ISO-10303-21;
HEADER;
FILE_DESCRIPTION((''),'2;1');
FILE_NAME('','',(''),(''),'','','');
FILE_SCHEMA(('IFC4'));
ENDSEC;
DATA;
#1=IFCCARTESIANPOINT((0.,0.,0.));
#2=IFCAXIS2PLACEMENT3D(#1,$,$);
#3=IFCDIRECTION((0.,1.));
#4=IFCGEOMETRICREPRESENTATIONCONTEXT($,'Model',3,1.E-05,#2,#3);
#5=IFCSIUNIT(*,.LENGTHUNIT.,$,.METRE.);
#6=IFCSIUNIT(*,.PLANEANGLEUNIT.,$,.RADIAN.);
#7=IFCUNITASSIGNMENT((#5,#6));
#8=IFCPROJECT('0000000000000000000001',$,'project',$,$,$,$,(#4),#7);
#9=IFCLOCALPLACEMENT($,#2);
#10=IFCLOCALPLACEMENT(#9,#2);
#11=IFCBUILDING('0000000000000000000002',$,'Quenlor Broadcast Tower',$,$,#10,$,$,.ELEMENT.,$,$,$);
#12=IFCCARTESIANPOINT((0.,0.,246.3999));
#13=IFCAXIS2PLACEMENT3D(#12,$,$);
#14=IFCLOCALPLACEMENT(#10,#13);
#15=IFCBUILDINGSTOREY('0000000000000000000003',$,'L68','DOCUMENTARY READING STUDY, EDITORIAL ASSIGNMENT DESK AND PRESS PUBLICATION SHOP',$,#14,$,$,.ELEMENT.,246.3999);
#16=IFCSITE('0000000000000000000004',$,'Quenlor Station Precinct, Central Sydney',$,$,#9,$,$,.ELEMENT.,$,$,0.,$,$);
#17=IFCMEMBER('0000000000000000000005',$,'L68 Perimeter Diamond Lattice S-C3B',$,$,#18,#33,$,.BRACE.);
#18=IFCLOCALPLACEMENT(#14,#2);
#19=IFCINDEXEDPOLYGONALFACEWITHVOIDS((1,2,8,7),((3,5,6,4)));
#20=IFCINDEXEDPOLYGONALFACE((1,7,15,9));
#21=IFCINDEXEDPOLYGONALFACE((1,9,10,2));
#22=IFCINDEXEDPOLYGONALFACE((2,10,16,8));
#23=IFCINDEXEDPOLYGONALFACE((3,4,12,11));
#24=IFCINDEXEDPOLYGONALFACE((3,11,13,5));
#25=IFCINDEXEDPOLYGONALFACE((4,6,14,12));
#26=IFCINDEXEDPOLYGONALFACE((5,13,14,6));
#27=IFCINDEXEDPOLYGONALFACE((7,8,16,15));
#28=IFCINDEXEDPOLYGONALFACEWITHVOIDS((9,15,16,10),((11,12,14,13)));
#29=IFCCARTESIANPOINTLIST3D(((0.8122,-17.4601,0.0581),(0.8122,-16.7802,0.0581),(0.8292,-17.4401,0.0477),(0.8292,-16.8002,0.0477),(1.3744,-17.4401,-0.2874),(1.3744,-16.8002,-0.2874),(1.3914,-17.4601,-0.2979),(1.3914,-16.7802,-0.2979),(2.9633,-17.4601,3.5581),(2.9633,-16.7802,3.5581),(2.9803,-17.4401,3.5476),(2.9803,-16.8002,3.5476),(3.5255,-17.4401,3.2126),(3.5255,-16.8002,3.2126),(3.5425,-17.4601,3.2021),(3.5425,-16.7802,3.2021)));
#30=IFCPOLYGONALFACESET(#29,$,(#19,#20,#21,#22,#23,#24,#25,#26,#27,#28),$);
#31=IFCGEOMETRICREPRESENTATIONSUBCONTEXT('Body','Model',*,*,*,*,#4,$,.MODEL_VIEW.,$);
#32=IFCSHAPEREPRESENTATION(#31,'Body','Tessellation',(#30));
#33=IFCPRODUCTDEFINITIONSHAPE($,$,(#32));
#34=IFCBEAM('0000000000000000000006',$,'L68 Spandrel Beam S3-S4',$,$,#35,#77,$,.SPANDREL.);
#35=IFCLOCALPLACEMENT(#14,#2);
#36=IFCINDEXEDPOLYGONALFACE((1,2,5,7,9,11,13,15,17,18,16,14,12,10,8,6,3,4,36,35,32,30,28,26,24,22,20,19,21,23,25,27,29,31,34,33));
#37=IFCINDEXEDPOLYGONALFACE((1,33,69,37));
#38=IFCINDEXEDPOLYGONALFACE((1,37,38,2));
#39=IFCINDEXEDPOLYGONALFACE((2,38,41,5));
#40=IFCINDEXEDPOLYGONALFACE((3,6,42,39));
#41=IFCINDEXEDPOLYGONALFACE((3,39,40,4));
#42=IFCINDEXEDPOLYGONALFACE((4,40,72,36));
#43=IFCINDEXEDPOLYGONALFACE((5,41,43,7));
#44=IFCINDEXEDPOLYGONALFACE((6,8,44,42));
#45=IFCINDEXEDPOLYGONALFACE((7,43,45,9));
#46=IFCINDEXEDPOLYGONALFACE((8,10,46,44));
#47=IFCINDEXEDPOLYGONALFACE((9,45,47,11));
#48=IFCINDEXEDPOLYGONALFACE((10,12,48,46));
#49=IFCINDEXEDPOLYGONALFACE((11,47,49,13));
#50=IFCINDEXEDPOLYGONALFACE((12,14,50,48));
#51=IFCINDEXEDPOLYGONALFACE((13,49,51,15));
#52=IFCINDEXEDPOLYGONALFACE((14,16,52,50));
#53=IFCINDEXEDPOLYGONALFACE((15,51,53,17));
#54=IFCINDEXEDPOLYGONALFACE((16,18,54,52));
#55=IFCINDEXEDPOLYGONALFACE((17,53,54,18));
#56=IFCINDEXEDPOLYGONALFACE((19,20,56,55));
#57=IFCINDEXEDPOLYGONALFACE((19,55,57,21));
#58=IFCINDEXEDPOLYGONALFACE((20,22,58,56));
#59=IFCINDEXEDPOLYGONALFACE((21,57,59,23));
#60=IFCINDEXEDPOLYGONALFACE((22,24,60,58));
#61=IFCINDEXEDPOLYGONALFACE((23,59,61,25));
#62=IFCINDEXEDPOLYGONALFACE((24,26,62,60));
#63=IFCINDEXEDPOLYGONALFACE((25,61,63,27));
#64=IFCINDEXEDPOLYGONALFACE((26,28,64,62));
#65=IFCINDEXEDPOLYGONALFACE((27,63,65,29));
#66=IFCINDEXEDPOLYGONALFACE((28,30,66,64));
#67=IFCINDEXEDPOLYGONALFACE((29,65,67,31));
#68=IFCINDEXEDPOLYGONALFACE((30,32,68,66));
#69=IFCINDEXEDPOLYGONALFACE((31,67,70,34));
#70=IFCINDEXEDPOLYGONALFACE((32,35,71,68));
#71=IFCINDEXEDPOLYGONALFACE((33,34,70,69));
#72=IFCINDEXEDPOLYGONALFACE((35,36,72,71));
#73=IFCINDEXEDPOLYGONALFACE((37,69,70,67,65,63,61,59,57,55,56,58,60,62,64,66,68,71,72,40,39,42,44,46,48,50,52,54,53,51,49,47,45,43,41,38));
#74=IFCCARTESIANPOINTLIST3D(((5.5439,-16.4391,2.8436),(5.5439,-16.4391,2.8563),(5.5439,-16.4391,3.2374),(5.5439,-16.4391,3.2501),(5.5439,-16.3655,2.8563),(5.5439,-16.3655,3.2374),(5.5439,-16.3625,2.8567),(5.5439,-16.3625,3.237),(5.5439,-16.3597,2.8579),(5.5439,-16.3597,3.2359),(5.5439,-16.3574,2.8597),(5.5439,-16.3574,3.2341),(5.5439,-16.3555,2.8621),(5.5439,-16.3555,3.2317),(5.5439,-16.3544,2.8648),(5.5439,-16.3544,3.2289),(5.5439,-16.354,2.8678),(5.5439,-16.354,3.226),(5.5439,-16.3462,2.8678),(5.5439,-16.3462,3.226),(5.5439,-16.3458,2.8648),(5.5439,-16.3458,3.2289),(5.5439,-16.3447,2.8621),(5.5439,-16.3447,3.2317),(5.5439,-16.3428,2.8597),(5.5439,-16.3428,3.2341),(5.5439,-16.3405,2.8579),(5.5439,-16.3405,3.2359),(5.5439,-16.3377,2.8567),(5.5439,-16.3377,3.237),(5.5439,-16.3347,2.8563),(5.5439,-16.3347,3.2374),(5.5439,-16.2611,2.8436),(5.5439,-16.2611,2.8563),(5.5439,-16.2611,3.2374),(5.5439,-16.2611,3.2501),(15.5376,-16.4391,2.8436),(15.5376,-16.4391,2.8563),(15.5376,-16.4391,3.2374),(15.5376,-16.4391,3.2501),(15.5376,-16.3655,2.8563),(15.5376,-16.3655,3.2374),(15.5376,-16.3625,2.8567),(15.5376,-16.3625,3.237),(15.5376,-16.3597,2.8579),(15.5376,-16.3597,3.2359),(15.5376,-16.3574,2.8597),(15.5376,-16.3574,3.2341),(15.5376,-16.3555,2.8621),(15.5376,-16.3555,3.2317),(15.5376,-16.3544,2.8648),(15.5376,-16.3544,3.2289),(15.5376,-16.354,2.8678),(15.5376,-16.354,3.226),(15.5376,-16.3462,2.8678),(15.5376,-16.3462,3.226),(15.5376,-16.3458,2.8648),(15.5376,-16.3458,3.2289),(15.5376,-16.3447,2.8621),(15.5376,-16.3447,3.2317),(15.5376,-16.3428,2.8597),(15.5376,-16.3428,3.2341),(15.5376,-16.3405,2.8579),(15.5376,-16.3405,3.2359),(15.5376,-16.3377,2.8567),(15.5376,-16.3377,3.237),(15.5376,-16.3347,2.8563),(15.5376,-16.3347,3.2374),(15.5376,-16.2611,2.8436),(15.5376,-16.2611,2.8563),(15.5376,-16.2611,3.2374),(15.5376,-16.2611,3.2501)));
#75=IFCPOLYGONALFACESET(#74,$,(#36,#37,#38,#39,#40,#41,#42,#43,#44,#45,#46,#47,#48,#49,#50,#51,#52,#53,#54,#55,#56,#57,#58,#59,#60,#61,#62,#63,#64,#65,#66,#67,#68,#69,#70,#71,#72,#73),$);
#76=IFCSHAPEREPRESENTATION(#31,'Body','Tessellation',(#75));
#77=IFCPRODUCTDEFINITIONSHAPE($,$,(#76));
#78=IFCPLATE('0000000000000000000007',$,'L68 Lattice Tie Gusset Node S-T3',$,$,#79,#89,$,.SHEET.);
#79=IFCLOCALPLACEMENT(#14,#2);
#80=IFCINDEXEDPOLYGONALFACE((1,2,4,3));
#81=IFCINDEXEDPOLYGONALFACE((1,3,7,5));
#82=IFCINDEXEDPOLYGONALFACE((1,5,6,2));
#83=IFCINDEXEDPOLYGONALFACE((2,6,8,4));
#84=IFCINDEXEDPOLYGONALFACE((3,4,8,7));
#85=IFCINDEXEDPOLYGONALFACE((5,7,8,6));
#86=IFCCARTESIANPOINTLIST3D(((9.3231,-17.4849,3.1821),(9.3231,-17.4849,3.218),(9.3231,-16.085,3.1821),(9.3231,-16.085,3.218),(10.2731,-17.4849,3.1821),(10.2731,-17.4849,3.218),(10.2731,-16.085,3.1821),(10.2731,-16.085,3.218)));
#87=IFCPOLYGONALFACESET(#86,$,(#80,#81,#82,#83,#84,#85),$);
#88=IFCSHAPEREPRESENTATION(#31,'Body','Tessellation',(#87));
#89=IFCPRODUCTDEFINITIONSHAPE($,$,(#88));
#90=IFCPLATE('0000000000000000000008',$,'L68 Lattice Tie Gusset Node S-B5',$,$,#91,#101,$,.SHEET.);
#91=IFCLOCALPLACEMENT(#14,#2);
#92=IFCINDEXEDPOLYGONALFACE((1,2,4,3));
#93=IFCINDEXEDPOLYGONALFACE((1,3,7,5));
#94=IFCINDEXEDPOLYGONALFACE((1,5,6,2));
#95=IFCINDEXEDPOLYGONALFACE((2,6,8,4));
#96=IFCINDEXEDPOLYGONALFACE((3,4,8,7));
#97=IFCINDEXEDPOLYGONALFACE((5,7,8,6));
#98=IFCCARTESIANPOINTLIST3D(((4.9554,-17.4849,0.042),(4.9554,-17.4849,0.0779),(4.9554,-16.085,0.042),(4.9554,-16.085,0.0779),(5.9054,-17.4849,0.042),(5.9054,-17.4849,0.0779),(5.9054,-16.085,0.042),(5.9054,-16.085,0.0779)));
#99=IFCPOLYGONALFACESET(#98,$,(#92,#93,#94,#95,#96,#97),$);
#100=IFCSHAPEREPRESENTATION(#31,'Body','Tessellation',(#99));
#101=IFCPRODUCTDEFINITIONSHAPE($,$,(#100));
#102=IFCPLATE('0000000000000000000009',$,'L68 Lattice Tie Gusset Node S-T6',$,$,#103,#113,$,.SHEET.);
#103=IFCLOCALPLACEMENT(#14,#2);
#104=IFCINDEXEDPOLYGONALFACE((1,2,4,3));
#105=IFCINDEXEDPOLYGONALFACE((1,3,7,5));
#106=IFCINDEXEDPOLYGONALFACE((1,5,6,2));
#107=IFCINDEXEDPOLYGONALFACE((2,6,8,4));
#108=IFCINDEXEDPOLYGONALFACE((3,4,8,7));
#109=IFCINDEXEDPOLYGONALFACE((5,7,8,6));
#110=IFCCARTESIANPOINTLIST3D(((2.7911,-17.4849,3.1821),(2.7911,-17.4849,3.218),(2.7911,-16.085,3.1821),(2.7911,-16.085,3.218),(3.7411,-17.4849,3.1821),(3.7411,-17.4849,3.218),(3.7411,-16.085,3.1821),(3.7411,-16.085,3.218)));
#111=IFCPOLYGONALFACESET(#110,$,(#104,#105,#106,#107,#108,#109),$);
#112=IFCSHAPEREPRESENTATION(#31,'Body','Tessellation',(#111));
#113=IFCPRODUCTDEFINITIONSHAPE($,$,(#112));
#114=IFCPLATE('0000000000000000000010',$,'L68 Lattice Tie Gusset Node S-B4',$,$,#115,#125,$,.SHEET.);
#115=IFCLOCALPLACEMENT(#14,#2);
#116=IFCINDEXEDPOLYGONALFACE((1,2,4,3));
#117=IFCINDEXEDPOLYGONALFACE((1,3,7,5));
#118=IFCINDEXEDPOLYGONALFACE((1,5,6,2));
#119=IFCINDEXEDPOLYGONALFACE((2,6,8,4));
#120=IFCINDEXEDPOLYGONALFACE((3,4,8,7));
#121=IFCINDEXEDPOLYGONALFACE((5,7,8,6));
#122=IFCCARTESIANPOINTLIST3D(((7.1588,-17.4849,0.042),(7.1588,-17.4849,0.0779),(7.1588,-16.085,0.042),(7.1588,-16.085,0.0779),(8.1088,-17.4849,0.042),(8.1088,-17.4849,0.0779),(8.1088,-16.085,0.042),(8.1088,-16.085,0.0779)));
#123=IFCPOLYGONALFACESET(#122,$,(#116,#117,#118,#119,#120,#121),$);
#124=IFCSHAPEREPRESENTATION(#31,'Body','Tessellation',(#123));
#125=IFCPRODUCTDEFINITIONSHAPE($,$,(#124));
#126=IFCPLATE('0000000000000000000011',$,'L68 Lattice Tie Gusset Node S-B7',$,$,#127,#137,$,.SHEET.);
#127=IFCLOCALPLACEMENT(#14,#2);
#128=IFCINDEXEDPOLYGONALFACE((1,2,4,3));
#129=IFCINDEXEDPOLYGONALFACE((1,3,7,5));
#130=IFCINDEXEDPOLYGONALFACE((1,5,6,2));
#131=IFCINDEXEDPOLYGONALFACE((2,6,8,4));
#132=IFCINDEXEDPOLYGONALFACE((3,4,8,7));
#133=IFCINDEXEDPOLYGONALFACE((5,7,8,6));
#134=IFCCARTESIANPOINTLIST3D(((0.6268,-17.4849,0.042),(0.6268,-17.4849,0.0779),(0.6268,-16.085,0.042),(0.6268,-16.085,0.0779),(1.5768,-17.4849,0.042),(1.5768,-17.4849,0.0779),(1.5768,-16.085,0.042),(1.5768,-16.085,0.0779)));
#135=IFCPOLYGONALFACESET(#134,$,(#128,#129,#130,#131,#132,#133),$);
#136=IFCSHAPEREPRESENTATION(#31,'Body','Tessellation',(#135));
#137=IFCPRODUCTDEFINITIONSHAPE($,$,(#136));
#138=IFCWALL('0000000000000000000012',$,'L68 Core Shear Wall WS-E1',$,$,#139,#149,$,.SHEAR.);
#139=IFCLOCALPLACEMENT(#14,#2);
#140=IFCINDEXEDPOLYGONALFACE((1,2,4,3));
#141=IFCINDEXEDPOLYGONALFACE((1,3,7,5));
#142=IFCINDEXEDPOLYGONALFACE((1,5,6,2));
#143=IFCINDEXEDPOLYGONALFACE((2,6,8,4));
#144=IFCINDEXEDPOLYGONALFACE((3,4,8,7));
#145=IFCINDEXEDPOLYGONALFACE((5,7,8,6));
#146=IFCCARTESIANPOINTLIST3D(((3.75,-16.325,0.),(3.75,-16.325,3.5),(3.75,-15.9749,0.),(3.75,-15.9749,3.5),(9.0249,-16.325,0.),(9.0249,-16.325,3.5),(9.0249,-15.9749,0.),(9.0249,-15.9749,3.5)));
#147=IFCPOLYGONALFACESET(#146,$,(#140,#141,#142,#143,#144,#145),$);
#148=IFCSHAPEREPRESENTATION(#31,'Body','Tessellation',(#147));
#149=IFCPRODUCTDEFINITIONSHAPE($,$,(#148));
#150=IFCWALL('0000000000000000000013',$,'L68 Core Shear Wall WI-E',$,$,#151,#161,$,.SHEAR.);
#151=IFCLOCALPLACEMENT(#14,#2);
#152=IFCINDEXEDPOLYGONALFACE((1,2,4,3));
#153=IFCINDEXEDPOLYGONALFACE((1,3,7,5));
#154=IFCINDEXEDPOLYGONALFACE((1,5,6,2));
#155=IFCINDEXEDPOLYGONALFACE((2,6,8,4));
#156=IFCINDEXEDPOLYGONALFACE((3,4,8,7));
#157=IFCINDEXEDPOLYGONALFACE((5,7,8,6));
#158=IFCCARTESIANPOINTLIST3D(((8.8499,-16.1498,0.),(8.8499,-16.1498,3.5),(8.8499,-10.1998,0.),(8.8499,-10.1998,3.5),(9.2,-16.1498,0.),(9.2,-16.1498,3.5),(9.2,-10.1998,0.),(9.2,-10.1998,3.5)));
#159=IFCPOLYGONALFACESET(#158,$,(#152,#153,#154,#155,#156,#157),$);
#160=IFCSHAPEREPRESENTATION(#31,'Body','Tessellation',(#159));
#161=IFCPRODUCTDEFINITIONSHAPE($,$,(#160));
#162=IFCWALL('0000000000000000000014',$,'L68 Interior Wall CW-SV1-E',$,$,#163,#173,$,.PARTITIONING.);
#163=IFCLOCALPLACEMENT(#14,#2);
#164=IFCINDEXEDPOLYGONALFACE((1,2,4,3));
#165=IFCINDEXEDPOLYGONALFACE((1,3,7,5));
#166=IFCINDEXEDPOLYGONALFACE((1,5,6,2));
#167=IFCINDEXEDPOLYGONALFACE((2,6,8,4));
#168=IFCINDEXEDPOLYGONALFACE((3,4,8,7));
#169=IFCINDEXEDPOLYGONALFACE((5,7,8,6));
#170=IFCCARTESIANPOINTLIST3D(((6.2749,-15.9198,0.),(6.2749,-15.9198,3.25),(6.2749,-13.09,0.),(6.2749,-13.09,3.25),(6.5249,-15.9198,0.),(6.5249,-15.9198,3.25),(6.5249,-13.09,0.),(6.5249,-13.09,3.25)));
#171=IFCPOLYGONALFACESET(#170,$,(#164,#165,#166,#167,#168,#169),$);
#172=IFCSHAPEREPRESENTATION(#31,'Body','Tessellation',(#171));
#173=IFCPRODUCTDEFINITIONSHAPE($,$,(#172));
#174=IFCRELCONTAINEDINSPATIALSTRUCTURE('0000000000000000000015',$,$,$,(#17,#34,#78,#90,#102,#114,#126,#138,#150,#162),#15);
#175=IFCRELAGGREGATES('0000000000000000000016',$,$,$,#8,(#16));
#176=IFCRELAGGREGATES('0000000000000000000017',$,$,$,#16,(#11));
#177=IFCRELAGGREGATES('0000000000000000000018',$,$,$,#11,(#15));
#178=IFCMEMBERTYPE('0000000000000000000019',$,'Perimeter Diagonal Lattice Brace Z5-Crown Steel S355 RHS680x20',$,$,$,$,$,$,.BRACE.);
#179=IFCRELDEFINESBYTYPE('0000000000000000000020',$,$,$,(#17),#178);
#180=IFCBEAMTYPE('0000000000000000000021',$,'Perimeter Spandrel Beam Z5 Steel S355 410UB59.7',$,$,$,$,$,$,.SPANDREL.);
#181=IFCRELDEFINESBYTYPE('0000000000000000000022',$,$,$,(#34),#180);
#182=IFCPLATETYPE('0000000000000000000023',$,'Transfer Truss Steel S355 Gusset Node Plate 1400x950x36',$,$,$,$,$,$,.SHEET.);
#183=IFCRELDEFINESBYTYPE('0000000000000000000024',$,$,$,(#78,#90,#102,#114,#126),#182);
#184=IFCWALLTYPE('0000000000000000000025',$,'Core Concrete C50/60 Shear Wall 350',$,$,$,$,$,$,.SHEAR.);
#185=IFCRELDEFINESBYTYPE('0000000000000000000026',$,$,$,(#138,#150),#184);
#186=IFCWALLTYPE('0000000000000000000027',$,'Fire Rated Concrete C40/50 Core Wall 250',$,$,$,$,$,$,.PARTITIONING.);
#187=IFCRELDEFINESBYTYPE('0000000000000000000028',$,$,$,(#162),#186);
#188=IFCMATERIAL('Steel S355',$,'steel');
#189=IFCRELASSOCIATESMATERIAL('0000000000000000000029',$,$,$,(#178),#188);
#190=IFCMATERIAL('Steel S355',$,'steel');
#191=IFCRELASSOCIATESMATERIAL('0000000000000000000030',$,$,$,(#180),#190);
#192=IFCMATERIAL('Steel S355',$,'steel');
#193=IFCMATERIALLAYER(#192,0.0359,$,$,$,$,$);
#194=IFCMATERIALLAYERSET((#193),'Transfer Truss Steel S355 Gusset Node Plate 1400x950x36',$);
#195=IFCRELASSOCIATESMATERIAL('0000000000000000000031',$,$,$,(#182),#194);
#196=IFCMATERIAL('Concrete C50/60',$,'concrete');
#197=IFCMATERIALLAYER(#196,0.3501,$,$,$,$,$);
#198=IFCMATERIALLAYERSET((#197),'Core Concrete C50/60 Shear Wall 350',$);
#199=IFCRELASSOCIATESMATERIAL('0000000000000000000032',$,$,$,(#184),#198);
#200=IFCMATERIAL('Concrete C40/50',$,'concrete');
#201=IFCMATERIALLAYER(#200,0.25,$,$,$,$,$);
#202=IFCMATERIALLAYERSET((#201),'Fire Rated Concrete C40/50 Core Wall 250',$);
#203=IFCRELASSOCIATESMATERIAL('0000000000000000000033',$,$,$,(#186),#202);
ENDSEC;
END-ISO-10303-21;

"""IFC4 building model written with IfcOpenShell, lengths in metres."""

from ifc_helpers import new_model, si_unit, direction, frame, frame_2d, origin, origin_2d, place, context, subcontext, project, spatial, rectangle, hollow_rectangle, i_section, extrude, material, layer, layer_set, material_profile, profile_set, type_object, element, save


model = new_model("IFC4")

# Units and contexts
model_context = context("Model", 3, precision=1e-05, world=origin(), true_north=direction((0.0, 1.0)))
body_context = subcontext(model_context, "Body", "Model", "MODEL_VIEW")
ifc_project = project(units=[si_unit("LENGTHUNIT", "METRE"), si_unit("PLANEANGLEUNIT", "RADIAN")], contexts=[model_context])

# Site, building, storey
site_placement = place(None, origin())
site = spatial("IfcSite", under=ifc_project, at=site_placement, Name="Quenlor Station Precinct, Central Sydney", CompositionType="ELEMENT", RefElevation=0.0)
building_placement = place(site_placement, origin())
building = spatial("IfcBuilding", under=site, at=building_placement, Name="Quenlor Broadcast Tower", CompositionType="ELEMENT")
storey_placement = place(building_placement, frame((0.0, 0.0, 246.3999)))
storey = spatial("IfcBuildingStorey", under=building, at=storey_placement, Name="L68", Description="DOCUMENTARY READING STUDY, EDITORIAL ASSIGNMENT DESK AND PRESS PUBLICATION SHOP", CompositionType="ELEMENT", Elevation=246.3999)

# Member
ifc_material_1 = material(Name="Steel S355", Category="steel")
ifc_material_profile_1 = material_profile(ifc_material_1, hollow_rectangle(XDim=0.6799, YDim=0.6799, WallThickness=0.02, at=origin_2d()))
ifc_profile_set_1 = profile_set([ifc_material_profile_1], Name="Steel S355 RHS680x680x20")
member_type_1 = type_object("IfcMemberType", Name="Perimeter Diagonal Lattice Brace Z5-Crown Steel S355 RHS680x20", PredefinedType="BRACE", material=ifc_profile_set_1)
for number, where, z_axis, x_axis, name in (
    (1, (1.1018, -17.1201, -0.1199), (0.523617, 0.0, 0.851954), (0.0, 1.0, 0.0), "L68 Perimeter Diamond Lattice S-C3B"),
):
    element("IfcMember", number, at=place(storey_placement, frame(where, z_axis=z_axis, x_axis=x_axis)), inside=storey, type_object=member_type_1, Name=name, PredefinedType="BRACE", context=body_context, shape_type="SweptSolid", body=[
        extrude(hollow_rectangle(XDim=0.6799, YDim=0.6799, WallThickness=0.02, at=origin_2d()), origin(), (0.0, 0.0, 1.0), 4.1082),
    ])

# Beam
ifc_material_2 = material(Name="Steel S355", Category="steel")
ifc_material_profile_2 = material_profile(ifc_material_2, i_section(OverallWidth=0.178, OverallDepth=0.4065, WebThickness=0.0078, FlangeThickness=0.0127, FilletRadius=0.0115, at=origin_2d()))
ifc_profile_set_2 = profile_set([ifc_material_profile_2], Name="Steel S355 410UB59.7")
beam_type_1 = type_object("IfcBeamType", Name="Perimeter Spandrel Beam Z5 Steel S355 410UB59.7", PredefinedType="SPANDREL", material=ifc_profile_set_2)
beam_1_placement = place(storey_placement, frame((5.5439, -16.3501, 3.0469), z_axis=(1.0, 0.0, 0.0), x_axis=(0.0, 1.0, 0.0)))
element("IfcBeam", 2, at=beam_1_placement, inside=storey, type_object=beam_type_1, Name="L68 Spandrel Beam S3-S4", PredefinedType="SPANDREL", context=body_context, shape_type="SweptSolid", body=[
    extrude(i_section(OverallWidth=0.178, OverallDepth=0.4065, WebThickness=0.0078, FlangeThickness=0.0127, FilletRadius=0.0115, at=origin_2d()), origin(), (0.0, 0.0, 1.0), 9.9937),
])

# Plates
ifc_material_3 = material(Name="Steel S355", Category="steel")
ifc_layer_1 = layer(ifc_material_3, 0.0359)
ifc_layer_set_1 = layer_set([ifc_layer_1], Name="Transfer Truss Steel S355 Gusset Node Plate 1400x950x36")
plate_type = type_object("IfcPlateType", Name="Transfer Truss Steel S355 Gusset Node Plate 1400x950x36", PredefinedType="SHEET", material=ifc_layer_set_1)
for number, where, z_axis, x_axis, name in (
    (3, (9.7981, -16.7849, 3.1821), (0.0, 0.0, 1.0), (0.0, -1.0, 0.0), "L68 Lattice Tie Gusset Node S-T3"),
    (4, (5.4304, -16.7849, 0.042), (0.0, 0.0, 1.0), (0.0, -1.0, 0.0), "L68 Lattice Tie Gusset Node S-B5"),
    (5, (3.2661, -16.7849, 3.1821), (0.0, 0.0, 1.0), (0.0, -1.0, 0.0), "L68 Lattice Tie Gusset Node S-T6"),
    (6, (7.6338, -16.7849, 0.042), (0.0, 0.0, 1.0), (0.0, -1.0, 0.0), "L68 Lattice Tie Gusset Node S-B4"),
    (7, (1.1018, -16.7849, 0.042), (0.0, 0.0, 1.0), (0.0, -1.0, 0.0), "L68 Lattice Tie Gusset Node S-B7"),
):
    element("IfcPlate", number, at=place(storey_placement, frame(where, z_axis=z_axis, x_axis=x_axis)), inside=storey, type_object=plate_type, Name=name, PredefinedType="SHEET", context=body_context, shape_type="SweptSolid", body=[
        extrude(rectangle(XDim=1.3999, YDim=0.95, at=origin_2d()), origin(), (0.0, 0.0, 1.0), 0.0359),
    ])

# Walls
ifc_material_4 = material(Name="Concrete C50/60", Category="concrete")
ifc_layer_2 = layer(ifc_material_4, 0.3501)
ifc_layer_set_2 = layer_set([ifc_layer_2], Name="Core Concrete C50/60 Shear Wall 350")
wall_type_1 = type_object("IfcWallType", Name="Core Concrete C50/60 Shear Wall 350", PredefinedType="SHEAR", material=ifc_layer_set_2)
wall_1_placement = place(storey_placement, frame((3.75, -16.1499, 0.0), z_axis=(0.0, 0.0, 1.0), x_axis=(1.0, 0.0, 0.0)))
element("IfcWall", 8, at=wall_1_placement, inside=storey, type_object=wall_type_1, Name="L68 Core Shear Wall WS-E1", PredefinedType="SHEAR", context=body_context, shape_type="SweptSolid", body=[
    extrude(rectangle(XDim=5.2749, YDim=0.3501, at=frame_2d((2.6375, 0.0))), origin(), (0.0, 0.0, 1.0), 3.5),
])
wall_2_placement = place(storey_placement, frame((9.0249, -16.1499, 0.0), z_axis=(0.0, 0.0, 1.0), x_axis=(0.0, 1.0, 0.0)))
element("IfcWall", 9, at=wall_2_placement, inside=storey, type_object=wall_type_1, Name="L68 Core Shear Wall WI-E", PredefinedType="SHEAR", context=body_context, shape_type="SweptSolid", body=[
    extrude(rectangle(XDim=5.95, YDim=0.3501, at=frame_2d((2.9751, 0.0))), origin(), (0.0, 0.0, 1.0), 3.5),
])
ifc_material_5 = material(Name="Concrete C40/50", Category="concrete")
ifc_layer_3 = layer(ifc_material_5, 0.25)
ifc_layer_set_3 = layer_set([ifc_layer_3], Name="Fire Rated Concrete C40/50 Core Wall 250")
wall_type_2 = type_object("IfcWallType", Name="Fire Rated Concrete C40/50 Core Wall 250", PredefinedType="PARTITIONING", material=ifc_layer_set_3)
wall_3_placement = place(storey_placement, frame((6.3999, -15.9199, 0.0), z_axis=(0.0, 0.0, 1.0), x_axis=(0.0, 1.0, 0.0)))
element("IfcWall", 10, at=wall_3_placement, inside=storey, type_object=wall_type_2, Name="L68 Interior Wall CW-SV1-E", PredefinedType="PARTITIONING", context=body_context, shape_type="SweptSolid", body=[
    extrude(rectangle(XDim=2.8298, YDim=0.25, at=frame_2d((1.415, 0.0))), origin(), (0.0, 0.0, 1.0), 3.25),
])

save(model, "model.ifc")
